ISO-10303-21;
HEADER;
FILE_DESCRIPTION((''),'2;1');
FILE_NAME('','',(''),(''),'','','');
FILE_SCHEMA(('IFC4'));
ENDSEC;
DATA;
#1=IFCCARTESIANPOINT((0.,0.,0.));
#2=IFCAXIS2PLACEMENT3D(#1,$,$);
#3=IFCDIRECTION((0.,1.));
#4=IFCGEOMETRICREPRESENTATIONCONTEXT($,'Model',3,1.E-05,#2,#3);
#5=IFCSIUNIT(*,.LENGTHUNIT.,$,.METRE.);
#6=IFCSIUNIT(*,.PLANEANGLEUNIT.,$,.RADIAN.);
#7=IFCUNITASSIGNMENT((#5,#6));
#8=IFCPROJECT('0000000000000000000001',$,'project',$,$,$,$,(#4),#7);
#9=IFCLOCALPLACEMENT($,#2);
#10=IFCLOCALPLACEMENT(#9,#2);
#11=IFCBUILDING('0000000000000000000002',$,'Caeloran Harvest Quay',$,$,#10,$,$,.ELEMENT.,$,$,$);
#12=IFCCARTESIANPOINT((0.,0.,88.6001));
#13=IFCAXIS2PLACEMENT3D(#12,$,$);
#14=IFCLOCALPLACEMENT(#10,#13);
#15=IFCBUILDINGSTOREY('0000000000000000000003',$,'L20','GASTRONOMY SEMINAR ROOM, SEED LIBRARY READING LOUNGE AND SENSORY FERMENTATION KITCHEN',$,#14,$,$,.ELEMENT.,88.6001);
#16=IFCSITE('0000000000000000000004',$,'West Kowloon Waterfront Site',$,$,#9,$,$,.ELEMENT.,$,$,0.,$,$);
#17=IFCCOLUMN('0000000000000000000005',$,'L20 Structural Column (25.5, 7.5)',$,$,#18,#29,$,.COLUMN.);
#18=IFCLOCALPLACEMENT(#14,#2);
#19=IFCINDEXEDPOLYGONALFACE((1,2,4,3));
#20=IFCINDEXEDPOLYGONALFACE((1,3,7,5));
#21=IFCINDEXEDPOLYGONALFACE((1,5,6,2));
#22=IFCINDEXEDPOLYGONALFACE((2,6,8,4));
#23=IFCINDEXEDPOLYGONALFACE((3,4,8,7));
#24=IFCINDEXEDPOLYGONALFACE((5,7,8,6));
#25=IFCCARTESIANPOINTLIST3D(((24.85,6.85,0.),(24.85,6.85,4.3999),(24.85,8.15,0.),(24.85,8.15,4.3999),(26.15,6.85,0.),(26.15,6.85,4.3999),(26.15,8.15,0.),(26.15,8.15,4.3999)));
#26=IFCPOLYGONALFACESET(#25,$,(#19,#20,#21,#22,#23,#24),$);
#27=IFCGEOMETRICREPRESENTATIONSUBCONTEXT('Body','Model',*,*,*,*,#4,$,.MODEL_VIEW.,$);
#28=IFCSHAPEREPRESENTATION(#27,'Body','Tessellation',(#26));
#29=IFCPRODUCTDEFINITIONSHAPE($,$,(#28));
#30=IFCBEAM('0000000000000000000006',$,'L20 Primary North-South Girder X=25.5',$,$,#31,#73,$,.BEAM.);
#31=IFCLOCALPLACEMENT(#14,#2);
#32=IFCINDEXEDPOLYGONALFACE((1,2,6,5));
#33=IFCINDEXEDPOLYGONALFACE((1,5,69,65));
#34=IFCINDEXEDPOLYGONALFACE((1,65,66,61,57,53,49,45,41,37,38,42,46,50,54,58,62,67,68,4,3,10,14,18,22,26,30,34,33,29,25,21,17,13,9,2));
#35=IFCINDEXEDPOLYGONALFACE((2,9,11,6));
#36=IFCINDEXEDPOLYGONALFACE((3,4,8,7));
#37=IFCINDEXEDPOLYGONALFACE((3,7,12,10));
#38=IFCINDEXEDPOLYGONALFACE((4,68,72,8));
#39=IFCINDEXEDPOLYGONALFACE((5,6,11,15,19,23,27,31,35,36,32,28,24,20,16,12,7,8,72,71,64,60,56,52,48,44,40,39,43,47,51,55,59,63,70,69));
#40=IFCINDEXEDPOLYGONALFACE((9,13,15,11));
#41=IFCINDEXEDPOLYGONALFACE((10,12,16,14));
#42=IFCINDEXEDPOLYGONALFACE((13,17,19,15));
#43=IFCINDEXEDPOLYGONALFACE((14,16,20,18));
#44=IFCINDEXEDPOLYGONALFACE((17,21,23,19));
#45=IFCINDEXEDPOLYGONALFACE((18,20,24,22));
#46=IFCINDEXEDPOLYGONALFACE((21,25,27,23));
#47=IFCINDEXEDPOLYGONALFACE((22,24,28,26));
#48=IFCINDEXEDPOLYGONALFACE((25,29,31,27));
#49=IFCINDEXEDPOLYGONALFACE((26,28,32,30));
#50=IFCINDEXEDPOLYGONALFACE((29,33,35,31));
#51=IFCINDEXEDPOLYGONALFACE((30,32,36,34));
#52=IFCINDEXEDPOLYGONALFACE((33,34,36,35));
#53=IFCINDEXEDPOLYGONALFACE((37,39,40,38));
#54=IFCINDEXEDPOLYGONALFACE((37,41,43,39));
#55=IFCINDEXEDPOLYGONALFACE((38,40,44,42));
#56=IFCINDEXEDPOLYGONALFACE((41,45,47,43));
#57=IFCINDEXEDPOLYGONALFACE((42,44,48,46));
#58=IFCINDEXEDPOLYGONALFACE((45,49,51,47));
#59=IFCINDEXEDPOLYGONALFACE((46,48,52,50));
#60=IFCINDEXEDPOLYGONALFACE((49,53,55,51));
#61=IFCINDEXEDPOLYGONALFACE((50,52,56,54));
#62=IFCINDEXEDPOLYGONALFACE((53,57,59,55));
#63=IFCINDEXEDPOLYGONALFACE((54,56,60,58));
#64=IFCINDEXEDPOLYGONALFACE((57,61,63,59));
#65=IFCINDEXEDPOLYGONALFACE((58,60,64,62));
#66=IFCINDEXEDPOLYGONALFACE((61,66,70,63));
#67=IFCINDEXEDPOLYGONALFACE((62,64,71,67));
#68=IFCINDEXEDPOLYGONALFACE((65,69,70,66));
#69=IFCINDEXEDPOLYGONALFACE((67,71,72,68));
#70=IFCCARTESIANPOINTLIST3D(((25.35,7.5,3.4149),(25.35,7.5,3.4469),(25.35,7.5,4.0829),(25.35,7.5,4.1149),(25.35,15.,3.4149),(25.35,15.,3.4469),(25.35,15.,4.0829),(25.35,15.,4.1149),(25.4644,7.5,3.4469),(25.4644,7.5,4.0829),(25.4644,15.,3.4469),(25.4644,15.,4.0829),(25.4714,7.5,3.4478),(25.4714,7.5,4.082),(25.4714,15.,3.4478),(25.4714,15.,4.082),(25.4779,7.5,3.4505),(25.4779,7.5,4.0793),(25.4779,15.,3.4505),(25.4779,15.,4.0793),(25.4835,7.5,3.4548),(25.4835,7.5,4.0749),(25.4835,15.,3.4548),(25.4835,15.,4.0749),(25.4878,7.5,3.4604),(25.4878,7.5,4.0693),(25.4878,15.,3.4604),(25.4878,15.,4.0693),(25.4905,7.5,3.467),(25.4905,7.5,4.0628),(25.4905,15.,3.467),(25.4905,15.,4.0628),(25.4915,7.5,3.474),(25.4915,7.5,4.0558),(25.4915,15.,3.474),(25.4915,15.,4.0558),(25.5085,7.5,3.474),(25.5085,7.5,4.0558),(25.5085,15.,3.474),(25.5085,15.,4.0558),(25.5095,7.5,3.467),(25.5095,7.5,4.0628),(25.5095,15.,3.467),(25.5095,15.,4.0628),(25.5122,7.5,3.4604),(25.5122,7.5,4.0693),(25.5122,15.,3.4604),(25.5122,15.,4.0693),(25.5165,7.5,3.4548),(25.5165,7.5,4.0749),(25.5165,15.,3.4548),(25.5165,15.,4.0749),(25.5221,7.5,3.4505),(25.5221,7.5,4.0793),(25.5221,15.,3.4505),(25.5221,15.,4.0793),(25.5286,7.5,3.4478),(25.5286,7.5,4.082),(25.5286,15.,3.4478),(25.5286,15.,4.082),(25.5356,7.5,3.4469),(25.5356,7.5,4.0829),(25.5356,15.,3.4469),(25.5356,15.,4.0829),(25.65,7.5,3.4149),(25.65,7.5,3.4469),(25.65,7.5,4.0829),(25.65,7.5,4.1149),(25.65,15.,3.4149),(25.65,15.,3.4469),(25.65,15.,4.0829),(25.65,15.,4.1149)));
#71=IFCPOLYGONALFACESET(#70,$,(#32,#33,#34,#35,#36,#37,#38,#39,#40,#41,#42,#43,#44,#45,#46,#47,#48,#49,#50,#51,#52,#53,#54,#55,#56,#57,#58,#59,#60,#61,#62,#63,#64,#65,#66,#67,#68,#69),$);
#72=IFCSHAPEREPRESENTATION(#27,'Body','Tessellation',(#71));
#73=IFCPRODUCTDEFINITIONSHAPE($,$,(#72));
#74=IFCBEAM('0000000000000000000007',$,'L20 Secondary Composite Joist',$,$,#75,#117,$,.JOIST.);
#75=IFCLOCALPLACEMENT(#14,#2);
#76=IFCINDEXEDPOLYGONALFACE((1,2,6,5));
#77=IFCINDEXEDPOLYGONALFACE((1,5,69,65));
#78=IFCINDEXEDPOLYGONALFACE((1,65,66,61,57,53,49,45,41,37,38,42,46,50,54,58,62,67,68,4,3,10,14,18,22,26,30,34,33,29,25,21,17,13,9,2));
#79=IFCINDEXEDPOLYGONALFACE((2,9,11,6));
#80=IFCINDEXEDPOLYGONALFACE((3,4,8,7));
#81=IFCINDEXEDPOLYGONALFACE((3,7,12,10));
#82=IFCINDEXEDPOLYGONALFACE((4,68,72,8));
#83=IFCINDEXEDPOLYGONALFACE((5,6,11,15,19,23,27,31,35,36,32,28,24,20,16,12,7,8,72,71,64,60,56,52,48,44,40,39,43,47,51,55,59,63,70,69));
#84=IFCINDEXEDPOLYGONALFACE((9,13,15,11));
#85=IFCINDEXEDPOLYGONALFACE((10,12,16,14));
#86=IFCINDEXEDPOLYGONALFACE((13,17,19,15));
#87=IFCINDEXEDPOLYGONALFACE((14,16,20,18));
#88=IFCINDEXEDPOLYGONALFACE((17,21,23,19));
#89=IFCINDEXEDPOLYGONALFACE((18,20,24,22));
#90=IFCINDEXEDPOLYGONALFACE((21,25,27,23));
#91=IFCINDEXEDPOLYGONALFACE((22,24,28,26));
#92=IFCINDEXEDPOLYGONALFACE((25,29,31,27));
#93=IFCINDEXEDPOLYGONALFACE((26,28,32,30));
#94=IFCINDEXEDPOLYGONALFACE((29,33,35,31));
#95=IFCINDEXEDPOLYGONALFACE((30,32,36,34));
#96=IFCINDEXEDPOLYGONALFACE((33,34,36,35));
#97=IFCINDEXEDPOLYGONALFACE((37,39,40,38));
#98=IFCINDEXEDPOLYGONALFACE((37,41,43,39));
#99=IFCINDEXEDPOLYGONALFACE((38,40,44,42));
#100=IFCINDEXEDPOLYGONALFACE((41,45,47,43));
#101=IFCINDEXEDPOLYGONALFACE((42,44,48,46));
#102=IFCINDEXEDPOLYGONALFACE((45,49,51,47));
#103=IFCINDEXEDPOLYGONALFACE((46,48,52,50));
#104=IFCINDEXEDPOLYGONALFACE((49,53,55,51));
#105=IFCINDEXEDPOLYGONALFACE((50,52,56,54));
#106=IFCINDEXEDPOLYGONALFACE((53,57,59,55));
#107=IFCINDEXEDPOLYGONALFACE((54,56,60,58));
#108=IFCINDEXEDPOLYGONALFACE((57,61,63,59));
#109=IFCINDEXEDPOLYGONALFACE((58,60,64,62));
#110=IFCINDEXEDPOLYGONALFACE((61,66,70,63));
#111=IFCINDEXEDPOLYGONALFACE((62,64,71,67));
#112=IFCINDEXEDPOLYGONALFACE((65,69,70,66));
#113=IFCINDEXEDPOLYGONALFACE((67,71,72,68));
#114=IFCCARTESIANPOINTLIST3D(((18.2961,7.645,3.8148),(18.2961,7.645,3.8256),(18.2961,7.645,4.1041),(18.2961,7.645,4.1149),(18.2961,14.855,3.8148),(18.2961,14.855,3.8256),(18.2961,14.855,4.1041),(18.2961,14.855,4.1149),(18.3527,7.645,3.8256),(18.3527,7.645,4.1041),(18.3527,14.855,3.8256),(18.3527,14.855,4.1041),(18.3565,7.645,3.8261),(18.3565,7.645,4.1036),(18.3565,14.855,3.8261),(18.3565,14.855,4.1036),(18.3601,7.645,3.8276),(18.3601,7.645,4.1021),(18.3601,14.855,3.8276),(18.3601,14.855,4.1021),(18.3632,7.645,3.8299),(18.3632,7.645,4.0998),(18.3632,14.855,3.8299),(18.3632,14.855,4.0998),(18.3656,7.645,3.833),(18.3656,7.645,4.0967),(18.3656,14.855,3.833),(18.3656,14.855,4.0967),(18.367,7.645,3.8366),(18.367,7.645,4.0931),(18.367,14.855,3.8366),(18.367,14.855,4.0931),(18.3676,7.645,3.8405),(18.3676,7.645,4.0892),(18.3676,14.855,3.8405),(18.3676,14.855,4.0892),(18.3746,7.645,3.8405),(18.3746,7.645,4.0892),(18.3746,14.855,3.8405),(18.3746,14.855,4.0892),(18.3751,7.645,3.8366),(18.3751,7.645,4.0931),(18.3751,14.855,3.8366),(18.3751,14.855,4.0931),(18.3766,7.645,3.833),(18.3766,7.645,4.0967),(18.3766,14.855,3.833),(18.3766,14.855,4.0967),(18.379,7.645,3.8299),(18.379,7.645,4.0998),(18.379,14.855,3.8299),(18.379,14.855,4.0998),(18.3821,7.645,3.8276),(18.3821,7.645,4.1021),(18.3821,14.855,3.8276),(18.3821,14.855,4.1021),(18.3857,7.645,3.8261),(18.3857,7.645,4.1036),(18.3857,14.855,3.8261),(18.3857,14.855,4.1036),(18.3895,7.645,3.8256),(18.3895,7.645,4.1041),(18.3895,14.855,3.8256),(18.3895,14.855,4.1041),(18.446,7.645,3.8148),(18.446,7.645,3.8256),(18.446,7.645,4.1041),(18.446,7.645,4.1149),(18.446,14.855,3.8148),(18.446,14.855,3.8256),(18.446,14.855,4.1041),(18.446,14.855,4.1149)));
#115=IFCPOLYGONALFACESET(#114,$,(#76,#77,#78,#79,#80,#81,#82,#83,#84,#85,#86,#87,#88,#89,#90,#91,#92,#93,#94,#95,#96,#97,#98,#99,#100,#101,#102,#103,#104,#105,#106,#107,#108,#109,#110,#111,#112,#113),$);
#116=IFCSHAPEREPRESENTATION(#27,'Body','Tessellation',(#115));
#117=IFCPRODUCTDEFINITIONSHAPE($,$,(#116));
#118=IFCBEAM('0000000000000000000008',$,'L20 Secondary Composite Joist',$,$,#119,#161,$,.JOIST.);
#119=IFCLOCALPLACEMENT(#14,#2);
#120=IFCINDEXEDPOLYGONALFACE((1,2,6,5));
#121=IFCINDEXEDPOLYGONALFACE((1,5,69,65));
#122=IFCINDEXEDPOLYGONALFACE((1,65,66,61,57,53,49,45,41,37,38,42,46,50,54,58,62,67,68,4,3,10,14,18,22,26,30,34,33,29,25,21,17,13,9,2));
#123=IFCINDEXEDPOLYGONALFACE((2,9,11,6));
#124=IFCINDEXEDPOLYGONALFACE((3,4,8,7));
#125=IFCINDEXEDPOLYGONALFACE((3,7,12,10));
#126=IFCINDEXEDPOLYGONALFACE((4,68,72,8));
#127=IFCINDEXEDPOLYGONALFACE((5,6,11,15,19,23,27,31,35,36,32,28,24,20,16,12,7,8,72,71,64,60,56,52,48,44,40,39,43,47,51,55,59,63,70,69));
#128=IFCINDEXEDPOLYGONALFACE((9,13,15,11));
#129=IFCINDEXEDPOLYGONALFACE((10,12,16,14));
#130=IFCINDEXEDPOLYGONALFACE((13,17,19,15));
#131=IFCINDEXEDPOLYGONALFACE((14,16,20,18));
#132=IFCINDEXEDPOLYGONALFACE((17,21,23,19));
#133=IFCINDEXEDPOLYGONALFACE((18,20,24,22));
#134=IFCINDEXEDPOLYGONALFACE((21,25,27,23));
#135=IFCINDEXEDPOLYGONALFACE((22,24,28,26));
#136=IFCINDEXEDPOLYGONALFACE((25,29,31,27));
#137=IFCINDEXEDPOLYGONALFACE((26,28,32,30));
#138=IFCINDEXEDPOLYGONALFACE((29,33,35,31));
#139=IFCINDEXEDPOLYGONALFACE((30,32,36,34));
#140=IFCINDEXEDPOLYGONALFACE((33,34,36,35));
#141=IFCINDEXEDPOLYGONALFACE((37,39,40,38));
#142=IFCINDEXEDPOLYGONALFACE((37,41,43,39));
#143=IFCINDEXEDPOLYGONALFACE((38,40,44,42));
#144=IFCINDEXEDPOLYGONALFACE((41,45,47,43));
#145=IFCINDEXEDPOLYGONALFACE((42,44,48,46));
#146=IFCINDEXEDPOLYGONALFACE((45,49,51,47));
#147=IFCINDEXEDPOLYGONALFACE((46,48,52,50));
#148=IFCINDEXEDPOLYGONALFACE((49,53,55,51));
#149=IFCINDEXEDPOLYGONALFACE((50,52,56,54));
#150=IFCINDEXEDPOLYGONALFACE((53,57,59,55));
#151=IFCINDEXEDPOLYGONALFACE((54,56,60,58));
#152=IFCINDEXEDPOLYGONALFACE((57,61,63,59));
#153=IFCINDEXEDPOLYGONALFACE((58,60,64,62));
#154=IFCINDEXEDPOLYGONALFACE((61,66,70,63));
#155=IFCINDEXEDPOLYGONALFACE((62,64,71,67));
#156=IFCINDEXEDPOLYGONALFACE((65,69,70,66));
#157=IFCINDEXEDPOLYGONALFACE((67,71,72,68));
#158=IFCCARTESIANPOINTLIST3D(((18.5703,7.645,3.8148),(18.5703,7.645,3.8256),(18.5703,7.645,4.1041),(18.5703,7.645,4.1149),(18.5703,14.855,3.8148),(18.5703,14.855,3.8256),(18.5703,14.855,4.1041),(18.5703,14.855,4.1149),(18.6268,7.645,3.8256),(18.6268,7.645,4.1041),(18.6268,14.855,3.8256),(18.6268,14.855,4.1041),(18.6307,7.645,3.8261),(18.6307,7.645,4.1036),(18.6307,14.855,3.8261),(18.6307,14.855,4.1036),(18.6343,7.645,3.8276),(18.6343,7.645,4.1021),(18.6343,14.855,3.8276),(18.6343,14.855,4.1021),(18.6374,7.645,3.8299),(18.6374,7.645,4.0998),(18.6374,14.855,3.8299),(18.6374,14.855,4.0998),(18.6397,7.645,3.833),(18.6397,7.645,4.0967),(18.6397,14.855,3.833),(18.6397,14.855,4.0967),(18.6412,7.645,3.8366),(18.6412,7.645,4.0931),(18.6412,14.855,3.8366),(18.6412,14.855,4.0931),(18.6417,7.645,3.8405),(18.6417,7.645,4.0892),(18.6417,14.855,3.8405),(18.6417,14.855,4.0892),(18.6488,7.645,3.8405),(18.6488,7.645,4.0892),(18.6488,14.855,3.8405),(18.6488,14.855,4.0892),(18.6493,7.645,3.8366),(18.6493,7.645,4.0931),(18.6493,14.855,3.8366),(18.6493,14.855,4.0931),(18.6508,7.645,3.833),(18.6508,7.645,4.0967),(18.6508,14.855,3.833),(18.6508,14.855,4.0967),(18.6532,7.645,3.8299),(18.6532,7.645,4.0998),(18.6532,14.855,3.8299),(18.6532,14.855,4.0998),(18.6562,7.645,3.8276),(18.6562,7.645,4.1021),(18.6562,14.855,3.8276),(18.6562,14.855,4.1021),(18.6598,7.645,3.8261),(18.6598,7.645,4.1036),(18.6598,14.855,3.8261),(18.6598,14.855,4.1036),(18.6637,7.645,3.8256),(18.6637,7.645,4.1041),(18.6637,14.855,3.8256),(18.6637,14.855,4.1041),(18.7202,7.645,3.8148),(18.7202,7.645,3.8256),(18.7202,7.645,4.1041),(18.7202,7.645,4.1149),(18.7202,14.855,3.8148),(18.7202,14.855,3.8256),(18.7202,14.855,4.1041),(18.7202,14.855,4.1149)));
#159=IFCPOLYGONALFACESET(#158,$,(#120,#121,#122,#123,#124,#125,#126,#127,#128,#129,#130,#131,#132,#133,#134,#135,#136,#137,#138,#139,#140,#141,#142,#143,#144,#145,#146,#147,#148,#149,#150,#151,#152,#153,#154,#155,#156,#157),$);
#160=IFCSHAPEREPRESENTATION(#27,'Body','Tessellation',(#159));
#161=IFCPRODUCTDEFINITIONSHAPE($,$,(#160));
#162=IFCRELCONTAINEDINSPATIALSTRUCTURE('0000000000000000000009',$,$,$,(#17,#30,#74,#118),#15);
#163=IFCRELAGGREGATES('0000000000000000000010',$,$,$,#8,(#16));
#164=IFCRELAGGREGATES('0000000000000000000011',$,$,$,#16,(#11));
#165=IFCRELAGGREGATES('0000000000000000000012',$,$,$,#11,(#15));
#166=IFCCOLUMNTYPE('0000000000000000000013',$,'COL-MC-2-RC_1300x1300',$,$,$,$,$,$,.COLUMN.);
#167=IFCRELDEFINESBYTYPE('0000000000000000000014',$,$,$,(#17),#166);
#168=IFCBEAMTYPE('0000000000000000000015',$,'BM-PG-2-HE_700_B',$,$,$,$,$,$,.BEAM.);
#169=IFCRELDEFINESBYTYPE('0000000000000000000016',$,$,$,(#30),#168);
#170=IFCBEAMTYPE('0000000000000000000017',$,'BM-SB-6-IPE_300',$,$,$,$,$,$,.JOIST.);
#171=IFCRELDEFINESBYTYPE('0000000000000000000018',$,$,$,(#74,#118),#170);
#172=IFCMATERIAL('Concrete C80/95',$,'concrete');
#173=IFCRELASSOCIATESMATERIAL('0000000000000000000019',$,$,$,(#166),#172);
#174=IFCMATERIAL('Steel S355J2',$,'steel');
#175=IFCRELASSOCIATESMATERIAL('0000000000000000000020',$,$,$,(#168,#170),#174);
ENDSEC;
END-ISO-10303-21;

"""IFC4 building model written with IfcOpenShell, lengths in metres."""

from ifc_helpers import new_model, si_unit, direction, frame, origin, origin_2d, place, context, subcontext, project, spatial, rectangle, i_section, extrude, material, material_profile, profile_set, type_object, element, save


model = new_model("IFC4")

# Units and contexts
model_context = context("Model", 3, precision=1e-05, world=origin(), true_north=direction((0.0, 1.0)))
body_context = subcontext(model_context, "Body", "Model", "MODEL_VIEW")
ifc_project = project(units=[si_unit("LENGTHUNIT", "METRE"), si_unit("PLANEANGLEUNIT", "RADIAN")], contexts=[model_context])

# Site, building, storey
site_placement = place(None, origin())
site = spatial("IfcSite", under=ifc_project, at=site_placement, Name="West Kowloon Waterfront Site", CompositionType="ELEMENT", RefElevation=0.0)
building_placement = place(site_placement, origin())
building = spatial("IfcBuilding", under=site, at=building_placement, Name="Caeloran Harvest Quay", CompositionType="ELEMENT")
storey_placement = place(building_placement, frame((0.0, 0.0, 88.6001)))
storey = spatial("IfcBuildingStorey", under=building, at=storey_placement, Name="L20", Description="GASTRONOMY SEMINAR ROOM, SEED LIBRARY READING LOUNGE AND SENSORY FERMENTATION KITCHEN", CompositionType="ELEMENT", Elevation=88.6001)

# Column
ifc_material_1 = material(Name="Concrete C80/95", Category="concrete")
ifc_material_profile_1 = material_profile(ifc_material_1, rectangle(XDim=1.3, YDim=1.3, at=origin_2d()), Name="RC 1300x1300")
ifc_profile_set_1 = profile_set([ifc_material_profile_1], Name="Concrete C80/95")
column_type = type_object("IfcColumnType", Name="COL-MC-2-RC_1300x1300", PredefinedType="COLUMN", material=ifc_profile_set_1)
column_placement = place(storey_placement, frame((25.5, 7.5, 0.0), z_axis=(0.0, 0.0, 1.0), x_axis=(1.0, 0.0, 0.0)))
element("IfcColumn", 1, at=column_placement, inside=storey, type_object=column_type, Name="L20 Structural Column (25.5, 7.5)", PredefinedType="COLUMN", context=body_context, shape_type="SweptSolid", body=[
    extrude(rectangle(XDim=1.3, YDim=1.3, at=origin_2d()), origin(), (0.0, 0.0, 1.0), 4.3999),
])

# Beams
ifc_material_2 = material(Name="Steel S355J2", Category="steel")
ifc_material_profile_2 = material_profile(ifc_material_2, i_section(OverallWidth=0.3, OverallDepth=0.7, WebThickness=0.0171, FlangeThickness=0.032, FilletRadius=0.0271, at=origin_2d()), Name="HE 700 B")
ifc_profile_set_2 = profile_set([ifc_material_profile_2], Name="Steel S355J2")
beam_type_1 = type_object("IfcBeamType", Name="BM-PG-2-HE_700_B", PredefinedType="BEAM", material=ifc_profile_set_2)
beam_placement = place(storey_placement, frame((25.5, 7.5, 3.7649), z_axis=(0.0, 1.0, 0.0), x_axis=(-1.0, 0.0, 0.0)))
element("IfcBeam", 2, at=beam_placement, inside=storey, type_object=beam_type_1, Name="L20 Primary North-South Girder X=25.5", PredefinedType="BEAM", context=body_context, shape_type="SweptSolid", body=[
    extrude(i_section(OverallWidth=0.3, OverallDepth=0.7, WebThickness=0.0171, FlangeThickness=0.032, FilletRadius=0.0271, at=origin_2d()), origin(), (0.0, 0.0, 1.0), 7.5),
])
ifc_material_profile_3 = material_profile(ifc_material_2, i_section(OverallWidth=0.1499, OverallDepth=0.3, WebThickness=0.0071, FlangeThickness=0.0107, FilletRadius=0.0149, at=origin_2d()), Name="IPE 300")
ifc_profile_set_3 = profile_set([ifc_material_profile_3], Name="Steel S355J2")
beam_type_2 = type_object("IfcBeamType", Name="BM-SB-6-IPE_300", PredefinedType="JOIST", material=ifc_profile_set_3)
for number, where, z_axis, x_axis, name in (
    (3, (18.3711, 7.645, 3.9648), (0.0, 1.0, 0.0), (-1.0, 0.0, 0.0), "L20 Secondary Composite Joist"),
    (4, (18.6453, 7.645, 3.9648), (0.0, 1.0, 0.0), (-1.0, 0.0, 0.0), "L20 Secondary Composite Joist"),
):
    element("IfcBeam", number, at=place(storey_placement, frame(where, z_axis=z_axis, x_axis=x_axis)), inside=storey, type_object=beam_type_2, Name=name, PredefinedType="JOIST", context=body_context, shape_type="SweptSolid", body=[
        extrude(i_section(OverallWidth=0.1499, OverallDepth=0.3, WebThickness=0.0071, FlangeThickness=0.0107, FilletRadius=0.0149, at=origin_2d()), origin(), (0.0, 0.0, 1.0), 7.21),
    ])

save(model, "model.ifc")
